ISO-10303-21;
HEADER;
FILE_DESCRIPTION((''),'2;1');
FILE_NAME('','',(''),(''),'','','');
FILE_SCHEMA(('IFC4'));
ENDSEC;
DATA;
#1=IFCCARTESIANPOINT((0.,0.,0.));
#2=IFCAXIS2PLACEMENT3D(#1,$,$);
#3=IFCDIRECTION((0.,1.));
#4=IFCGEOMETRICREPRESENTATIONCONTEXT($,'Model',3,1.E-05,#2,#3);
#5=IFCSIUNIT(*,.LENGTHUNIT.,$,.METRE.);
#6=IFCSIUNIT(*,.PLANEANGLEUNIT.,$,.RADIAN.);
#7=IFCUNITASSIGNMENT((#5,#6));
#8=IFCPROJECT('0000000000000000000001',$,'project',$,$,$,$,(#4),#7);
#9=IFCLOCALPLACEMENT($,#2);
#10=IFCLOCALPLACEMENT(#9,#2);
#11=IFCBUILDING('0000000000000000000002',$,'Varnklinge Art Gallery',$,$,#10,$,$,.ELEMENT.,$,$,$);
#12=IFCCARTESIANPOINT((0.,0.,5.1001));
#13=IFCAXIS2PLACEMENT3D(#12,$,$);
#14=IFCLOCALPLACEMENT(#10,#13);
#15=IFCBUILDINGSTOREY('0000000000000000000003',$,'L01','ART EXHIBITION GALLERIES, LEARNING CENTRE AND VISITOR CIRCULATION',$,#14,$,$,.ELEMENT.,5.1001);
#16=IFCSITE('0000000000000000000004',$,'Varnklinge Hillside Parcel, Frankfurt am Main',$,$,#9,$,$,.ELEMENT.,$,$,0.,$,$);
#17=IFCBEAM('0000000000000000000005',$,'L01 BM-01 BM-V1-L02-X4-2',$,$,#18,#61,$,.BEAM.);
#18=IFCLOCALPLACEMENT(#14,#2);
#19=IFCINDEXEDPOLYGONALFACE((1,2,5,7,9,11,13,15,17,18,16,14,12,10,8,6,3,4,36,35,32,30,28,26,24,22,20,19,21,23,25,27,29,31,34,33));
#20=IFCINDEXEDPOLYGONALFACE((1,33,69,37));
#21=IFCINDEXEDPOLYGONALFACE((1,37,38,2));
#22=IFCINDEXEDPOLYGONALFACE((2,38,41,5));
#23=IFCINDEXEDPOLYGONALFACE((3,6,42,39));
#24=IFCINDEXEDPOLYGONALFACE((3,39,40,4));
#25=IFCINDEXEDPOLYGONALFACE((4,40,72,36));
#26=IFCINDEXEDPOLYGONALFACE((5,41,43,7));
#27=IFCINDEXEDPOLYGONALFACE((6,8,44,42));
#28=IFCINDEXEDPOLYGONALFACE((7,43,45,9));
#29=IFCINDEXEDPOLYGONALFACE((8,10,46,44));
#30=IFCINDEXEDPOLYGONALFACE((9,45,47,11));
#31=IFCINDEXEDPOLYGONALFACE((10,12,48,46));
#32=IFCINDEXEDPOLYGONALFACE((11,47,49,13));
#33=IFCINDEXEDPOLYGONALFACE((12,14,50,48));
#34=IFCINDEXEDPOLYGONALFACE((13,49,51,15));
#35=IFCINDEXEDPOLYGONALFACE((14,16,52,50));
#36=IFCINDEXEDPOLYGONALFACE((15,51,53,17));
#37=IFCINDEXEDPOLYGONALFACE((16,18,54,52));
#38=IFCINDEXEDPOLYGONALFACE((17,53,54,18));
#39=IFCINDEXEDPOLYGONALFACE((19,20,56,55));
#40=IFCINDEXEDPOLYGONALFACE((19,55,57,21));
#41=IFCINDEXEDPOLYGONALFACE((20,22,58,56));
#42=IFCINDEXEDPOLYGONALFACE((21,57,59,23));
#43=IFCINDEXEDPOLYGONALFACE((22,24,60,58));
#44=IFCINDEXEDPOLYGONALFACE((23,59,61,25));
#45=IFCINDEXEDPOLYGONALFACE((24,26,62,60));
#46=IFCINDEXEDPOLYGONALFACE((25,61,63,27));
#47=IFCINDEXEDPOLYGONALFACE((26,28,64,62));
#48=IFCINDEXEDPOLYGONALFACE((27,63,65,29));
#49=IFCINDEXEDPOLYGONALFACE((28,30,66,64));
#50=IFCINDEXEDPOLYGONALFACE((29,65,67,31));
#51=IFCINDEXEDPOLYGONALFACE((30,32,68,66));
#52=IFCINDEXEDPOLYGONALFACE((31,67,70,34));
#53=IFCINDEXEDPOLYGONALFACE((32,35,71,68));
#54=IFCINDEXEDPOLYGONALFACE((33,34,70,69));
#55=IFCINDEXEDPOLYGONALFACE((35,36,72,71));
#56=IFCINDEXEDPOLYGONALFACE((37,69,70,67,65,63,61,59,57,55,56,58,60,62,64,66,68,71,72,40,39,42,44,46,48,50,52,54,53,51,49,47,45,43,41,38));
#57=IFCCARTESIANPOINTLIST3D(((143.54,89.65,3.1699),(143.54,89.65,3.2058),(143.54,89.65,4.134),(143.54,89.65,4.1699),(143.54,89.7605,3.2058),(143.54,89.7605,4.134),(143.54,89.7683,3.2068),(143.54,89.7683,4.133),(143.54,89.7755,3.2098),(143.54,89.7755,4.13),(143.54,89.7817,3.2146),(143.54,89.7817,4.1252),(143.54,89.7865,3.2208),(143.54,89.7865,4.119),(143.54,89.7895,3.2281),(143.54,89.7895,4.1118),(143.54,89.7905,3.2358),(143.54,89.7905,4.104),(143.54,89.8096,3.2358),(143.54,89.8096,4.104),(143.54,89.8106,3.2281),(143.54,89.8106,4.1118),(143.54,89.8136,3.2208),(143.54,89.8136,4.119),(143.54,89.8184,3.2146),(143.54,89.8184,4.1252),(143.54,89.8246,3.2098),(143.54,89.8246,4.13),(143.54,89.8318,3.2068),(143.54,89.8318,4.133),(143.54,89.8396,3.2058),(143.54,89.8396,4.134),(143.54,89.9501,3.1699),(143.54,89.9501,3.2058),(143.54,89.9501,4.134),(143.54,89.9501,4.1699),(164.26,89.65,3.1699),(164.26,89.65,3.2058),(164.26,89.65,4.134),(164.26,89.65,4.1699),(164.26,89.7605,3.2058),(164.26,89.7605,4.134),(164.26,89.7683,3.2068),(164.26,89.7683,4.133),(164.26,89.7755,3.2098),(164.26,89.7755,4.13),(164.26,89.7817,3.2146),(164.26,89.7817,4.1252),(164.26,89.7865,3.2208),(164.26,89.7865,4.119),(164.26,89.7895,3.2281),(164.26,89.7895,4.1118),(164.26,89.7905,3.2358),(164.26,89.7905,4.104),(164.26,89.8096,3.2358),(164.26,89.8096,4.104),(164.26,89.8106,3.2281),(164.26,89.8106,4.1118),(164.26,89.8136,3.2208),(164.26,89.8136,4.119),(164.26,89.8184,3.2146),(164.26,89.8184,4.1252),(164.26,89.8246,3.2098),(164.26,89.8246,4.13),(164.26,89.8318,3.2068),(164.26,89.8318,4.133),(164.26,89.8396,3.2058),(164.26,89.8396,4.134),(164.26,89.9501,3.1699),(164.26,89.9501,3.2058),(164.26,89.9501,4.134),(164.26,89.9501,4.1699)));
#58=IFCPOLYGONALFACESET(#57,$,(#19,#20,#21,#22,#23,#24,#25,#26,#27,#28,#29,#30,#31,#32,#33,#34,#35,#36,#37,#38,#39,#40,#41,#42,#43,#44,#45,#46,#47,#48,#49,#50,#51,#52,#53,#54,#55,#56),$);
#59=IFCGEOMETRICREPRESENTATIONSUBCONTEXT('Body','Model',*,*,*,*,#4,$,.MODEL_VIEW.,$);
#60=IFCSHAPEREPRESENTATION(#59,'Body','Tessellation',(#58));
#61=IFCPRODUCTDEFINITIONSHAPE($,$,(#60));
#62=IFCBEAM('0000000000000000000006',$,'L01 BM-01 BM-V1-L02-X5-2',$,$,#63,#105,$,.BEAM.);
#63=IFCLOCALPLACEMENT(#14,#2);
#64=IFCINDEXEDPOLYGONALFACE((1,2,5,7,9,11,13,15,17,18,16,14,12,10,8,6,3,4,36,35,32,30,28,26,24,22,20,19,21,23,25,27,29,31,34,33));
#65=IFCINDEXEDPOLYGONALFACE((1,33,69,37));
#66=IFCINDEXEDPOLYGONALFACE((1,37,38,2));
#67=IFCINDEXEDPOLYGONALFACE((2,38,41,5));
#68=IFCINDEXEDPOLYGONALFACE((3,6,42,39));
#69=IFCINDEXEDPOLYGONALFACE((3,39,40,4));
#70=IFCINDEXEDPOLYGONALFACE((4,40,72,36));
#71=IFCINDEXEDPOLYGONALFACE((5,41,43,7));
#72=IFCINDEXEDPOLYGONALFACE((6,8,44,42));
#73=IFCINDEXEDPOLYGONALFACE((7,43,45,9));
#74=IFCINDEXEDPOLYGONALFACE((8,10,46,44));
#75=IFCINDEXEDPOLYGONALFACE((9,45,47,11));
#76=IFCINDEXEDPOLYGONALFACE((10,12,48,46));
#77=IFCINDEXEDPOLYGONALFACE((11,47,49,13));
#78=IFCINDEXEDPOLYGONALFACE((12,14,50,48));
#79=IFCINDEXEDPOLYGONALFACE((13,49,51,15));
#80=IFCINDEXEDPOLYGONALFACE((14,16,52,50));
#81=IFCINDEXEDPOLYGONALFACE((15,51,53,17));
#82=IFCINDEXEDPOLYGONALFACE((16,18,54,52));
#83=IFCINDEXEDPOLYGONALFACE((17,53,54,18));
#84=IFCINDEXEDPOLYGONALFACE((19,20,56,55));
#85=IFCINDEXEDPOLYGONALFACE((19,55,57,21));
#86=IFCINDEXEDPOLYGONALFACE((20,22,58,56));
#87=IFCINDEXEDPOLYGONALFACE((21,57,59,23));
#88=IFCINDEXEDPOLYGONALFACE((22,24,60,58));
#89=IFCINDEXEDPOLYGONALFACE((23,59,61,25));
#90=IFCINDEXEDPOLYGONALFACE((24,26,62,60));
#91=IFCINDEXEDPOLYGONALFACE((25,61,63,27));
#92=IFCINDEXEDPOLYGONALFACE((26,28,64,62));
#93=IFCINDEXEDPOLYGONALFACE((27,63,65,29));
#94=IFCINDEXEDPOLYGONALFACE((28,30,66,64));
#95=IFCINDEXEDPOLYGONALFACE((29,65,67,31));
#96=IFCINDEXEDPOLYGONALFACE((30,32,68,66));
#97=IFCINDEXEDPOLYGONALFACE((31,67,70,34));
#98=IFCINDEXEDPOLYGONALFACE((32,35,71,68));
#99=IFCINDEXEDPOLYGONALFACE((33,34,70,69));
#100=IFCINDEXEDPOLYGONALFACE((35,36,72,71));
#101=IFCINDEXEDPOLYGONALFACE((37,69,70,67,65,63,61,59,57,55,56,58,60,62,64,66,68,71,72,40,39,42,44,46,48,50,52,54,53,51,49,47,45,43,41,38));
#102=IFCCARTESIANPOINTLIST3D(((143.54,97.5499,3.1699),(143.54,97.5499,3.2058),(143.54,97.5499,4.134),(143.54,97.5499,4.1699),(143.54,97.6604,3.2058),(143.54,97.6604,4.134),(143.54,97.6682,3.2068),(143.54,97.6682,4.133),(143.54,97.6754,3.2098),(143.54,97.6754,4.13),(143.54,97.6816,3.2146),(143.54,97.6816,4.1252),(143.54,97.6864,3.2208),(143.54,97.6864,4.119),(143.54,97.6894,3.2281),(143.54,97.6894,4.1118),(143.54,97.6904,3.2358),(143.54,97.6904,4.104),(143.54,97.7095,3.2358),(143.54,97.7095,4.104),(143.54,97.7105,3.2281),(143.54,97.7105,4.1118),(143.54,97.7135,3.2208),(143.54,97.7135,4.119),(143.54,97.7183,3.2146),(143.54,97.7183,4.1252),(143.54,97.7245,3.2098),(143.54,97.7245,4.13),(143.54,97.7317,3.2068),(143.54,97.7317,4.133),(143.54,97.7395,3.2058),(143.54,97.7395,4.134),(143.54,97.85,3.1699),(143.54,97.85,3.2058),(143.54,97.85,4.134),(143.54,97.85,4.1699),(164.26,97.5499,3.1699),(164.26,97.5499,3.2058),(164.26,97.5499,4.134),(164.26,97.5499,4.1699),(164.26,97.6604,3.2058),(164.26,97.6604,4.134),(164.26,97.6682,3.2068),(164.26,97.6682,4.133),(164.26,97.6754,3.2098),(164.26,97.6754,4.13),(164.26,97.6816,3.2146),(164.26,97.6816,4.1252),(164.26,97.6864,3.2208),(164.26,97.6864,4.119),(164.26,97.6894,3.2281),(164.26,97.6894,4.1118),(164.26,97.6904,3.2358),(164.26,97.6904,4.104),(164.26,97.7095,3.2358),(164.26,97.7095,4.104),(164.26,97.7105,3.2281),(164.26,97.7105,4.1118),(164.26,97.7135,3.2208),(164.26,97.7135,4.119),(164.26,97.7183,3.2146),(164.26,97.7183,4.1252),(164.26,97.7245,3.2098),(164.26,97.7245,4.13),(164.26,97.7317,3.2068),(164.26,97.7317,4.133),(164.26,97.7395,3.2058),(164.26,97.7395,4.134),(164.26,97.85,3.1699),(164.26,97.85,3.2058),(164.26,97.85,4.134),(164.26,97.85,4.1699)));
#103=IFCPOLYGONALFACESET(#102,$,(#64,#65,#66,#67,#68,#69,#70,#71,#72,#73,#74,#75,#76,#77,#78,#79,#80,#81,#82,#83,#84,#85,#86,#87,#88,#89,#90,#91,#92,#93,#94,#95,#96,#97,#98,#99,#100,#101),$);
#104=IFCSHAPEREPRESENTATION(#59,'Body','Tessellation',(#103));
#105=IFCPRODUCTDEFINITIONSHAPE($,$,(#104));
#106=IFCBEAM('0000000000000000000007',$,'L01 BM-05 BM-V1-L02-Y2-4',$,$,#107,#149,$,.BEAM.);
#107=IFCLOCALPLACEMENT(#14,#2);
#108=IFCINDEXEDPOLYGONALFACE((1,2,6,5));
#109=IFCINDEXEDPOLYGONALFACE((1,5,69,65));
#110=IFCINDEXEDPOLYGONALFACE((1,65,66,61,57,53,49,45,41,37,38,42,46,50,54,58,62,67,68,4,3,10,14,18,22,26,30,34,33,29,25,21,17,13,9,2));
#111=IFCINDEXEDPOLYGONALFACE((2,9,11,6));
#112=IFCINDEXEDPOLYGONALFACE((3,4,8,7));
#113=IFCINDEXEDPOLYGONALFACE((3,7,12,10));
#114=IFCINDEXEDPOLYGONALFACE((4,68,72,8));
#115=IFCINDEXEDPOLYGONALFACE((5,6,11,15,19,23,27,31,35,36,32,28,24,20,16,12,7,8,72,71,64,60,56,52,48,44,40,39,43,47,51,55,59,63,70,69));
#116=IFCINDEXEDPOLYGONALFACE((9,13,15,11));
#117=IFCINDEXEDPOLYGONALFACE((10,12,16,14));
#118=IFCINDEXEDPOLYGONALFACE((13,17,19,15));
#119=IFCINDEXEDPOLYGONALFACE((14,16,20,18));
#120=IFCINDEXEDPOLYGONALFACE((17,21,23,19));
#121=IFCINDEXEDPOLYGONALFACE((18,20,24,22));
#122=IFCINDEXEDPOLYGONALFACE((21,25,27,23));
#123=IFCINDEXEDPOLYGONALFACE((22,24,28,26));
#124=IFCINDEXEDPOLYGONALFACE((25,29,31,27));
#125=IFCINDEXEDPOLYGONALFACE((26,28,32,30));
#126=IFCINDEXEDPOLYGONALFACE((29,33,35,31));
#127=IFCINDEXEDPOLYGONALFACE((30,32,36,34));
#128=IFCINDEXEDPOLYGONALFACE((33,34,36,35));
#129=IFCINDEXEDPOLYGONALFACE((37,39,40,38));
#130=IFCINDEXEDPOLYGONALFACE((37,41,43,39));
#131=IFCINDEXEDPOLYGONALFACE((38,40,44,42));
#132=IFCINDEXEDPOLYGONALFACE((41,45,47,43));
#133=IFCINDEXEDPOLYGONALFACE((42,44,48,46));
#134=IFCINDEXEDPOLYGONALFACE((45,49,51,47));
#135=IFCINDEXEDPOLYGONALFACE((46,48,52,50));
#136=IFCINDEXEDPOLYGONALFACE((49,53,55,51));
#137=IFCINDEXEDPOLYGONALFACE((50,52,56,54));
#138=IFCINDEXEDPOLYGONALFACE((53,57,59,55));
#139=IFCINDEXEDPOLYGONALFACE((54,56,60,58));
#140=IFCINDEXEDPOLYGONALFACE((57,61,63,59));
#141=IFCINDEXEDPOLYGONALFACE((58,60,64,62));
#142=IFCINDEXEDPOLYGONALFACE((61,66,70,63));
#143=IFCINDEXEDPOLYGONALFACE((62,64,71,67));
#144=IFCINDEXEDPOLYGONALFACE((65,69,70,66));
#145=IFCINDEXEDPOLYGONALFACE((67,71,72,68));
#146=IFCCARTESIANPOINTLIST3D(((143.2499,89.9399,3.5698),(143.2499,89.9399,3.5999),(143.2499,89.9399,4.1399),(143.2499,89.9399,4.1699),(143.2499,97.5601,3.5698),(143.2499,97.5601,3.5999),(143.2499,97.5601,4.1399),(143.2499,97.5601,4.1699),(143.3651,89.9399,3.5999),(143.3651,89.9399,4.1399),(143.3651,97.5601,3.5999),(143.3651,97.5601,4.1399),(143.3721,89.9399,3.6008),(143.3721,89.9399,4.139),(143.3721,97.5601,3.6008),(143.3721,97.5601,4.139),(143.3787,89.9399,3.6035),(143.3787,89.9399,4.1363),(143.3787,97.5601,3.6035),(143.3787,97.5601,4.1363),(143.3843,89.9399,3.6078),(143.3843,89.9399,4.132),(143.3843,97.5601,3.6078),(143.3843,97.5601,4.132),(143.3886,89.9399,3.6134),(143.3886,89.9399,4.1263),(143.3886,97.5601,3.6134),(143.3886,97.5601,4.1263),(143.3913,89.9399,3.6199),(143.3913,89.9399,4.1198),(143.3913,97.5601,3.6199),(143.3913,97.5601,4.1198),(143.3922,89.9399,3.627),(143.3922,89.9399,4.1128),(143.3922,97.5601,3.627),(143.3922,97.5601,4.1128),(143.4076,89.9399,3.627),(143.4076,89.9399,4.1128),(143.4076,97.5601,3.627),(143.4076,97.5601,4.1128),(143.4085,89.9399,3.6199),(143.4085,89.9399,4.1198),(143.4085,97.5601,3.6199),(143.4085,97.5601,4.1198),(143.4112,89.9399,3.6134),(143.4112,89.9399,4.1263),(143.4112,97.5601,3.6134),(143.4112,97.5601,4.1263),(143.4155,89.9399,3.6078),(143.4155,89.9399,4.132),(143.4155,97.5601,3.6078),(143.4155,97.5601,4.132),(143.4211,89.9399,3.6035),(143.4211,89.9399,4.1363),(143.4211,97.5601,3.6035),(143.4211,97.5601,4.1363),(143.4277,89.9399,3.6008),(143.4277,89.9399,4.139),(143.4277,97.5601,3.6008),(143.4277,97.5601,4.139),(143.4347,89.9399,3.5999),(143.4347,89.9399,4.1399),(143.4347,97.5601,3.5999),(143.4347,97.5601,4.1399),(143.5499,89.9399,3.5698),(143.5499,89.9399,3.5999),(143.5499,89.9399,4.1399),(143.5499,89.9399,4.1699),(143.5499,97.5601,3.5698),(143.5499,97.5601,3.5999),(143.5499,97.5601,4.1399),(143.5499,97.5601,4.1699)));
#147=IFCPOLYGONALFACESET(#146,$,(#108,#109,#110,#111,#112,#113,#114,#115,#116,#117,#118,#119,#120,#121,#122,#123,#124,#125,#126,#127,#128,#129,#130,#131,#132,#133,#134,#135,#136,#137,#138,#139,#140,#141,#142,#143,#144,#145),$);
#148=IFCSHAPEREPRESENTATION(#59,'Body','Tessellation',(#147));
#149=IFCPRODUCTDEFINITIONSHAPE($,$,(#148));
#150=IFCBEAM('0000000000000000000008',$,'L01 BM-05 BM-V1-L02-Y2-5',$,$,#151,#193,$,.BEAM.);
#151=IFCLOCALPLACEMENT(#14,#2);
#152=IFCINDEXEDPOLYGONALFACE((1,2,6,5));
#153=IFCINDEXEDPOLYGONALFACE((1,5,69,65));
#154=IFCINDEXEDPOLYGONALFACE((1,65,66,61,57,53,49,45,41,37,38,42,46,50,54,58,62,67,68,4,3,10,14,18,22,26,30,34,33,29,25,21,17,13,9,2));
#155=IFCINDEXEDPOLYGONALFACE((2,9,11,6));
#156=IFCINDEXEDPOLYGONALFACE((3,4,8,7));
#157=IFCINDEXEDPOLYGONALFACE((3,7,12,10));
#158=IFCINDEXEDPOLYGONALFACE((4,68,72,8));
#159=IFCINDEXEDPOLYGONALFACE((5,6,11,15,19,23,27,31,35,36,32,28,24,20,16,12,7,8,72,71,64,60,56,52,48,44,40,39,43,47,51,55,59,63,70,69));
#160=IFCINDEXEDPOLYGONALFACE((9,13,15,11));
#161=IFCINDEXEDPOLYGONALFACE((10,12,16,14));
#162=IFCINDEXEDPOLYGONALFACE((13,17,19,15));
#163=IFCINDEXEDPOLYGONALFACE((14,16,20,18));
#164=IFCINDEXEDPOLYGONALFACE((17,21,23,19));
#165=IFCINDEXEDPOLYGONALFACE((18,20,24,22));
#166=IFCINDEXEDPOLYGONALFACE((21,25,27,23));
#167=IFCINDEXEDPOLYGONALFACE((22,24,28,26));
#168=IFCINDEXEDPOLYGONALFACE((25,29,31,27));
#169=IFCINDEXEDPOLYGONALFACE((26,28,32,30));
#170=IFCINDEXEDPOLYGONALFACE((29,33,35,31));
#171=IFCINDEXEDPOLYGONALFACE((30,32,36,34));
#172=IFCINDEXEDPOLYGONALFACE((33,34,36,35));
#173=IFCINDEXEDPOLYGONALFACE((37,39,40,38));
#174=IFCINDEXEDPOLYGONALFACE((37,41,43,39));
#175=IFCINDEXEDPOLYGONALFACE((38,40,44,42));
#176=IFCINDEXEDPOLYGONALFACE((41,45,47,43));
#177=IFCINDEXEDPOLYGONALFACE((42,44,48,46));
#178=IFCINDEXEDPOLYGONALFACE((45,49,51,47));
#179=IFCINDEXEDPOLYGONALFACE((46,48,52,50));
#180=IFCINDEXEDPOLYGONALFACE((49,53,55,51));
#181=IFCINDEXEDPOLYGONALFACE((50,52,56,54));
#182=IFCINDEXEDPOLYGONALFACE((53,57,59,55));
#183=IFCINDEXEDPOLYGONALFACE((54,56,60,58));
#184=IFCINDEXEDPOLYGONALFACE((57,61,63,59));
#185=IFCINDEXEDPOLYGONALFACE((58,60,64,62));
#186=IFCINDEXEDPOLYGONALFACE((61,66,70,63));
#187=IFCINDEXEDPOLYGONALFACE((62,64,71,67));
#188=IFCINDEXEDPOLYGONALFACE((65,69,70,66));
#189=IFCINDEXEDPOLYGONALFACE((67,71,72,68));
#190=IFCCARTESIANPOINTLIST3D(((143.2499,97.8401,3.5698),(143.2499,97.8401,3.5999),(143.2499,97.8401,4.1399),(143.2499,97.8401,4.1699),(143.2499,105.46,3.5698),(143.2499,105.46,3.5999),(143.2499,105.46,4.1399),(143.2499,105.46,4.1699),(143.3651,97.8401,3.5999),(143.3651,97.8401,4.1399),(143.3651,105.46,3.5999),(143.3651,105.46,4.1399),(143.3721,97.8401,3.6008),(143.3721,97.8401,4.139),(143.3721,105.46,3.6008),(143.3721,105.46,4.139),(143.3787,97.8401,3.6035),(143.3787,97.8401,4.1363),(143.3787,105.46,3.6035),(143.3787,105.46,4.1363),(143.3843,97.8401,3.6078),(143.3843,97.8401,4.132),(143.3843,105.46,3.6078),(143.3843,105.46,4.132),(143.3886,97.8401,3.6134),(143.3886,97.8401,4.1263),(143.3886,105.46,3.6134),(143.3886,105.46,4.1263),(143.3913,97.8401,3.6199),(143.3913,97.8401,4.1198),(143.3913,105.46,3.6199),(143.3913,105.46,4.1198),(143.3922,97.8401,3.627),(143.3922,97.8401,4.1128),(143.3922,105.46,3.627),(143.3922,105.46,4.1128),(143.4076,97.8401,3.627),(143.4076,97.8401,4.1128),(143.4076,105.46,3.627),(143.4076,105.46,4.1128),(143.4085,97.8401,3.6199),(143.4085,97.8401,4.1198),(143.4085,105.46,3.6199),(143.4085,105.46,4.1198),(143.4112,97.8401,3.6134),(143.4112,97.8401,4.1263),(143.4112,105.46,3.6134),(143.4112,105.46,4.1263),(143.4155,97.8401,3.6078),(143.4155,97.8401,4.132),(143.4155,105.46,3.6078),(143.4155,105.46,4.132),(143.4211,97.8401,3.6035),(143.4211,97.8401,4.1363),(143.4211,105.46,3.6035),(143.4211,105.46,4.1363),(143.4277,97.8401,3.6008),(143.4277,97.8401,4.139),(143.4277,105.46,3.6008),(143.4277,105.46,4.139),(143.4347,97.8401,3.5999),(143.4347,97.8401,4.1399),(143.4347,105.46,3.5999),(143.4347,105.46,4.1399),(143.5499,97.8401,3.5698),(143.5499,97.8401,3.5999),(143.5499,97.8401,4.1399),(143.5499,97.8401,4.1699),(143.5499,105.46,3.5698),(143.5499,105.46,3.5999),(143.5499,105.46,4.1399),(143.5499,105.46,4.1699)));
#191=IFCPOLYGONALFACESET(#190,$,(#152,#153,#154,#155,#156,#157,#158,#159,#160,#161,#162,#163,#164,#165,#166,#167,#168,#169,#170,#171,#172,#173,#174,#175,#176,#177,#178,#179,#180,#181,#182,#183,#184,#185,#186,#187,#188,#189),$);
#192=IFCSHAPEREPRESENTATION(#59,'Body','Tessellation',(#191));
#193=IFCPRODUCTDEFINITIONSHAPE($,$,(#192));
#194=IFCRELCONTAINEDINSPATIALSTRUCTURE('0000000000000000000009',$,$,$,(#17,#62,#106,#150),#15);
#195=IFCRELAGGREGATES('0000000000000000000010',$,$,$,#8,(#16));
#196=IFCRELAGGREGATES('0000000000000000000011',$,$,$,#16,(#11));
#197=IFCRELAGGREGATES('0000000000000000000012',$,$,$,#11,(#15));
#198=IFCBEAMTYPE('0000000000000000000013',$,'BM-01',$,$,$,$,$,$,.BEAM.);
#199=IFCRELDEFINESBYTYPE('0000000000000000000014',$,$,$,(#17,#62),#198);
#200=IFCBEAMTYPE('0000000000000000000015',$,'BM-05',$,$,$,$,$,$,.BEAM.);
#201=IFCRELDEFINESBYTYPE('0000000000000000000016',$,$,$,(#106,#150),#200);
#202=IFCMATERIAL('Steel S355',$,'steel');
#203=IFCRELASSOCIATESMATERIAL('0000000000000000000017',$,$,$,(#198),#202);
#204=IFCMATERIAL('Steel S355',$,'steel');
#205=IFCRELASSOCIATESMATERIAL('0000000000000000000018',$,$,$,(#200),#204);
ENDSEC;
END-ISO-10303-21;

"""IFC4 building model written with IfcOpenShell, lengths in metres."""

from ifc_helpers import new_model, si_unit, direction, frame, origin, origin_2d, place, context, subcontext, project, spatial, i_section, extrude, material, material_profile, profile_set, type_object, element, save


model = new_model("IFC4")

# Units and contexts
model_context = context("Model", 3, precision=1e-05, world=origin(), true_north=direction((0.0, 1.0)))
body_context = subcontext(model_context, "Body", "Model", "MODEL_VIEW")
ifc_project = project(units=[si_unit("LENGTHUNIT", "METRE"), si_unit("PLANEANGLEUNIT", "RADIAN")], contexts=[model_context])

# Site, building, storey
site_placement = place(None, origin())
site = spatial("IfcSite", under=ifc_project, at=site_placement, Name="Varnklinge Hillside Parcel, Frankfurt am Main", CompositionType="ELEMENT", RefElevation=0.0)
building_placement = place(site_placement, origin())
building = spatial("IfcBuilding", under=site, at=building_placement, Name="Varnklinge Art Gallery", CompositionType="ELEMENT")
storey_placement = place(building_placement, frame((0.0, 0.0, 5.1001)))
storey = spatial("IfcBuildingStorey", under=building, at=storey_placement, Name="L01", Description="ART EXHIBITION GALLERIES, LEARNING CENTRE AND VISITOR CIRCULATION", CompositionType="ELEMENT", Elevation=5.1001)

# Beams
ifc_material_1 = material(Name="Steel S355", Category="steel")
ifc_material_profile_1 = material_profile(ifc_material_1, i_section(OverallWidth=0.3, OverallDepth=1.0, WebThickness=0.019, FlangeThickness=0.0359, FilletRadius=0.03, at=origin_2d()), Name="HEB 1000")
ifc_profile_set_1 = profile_set([ifc_material_profile_1], Name="Steel S355")
beam_type_1 = type_object("IfcBeamType", Name="BM-01", PredefinedType="BEAM", material=ifc_profile_set_1)
for number, where, z_axis, x_axis, name in (
    (1, (143.54, 89.8, 3.6699), (1.0, 0.0, 0.0), (0.0, 1.0, 0.0), "L01 BM-01 BM-V1-L02-X4-2"),
    (2, (143.54, 97.7, 3.6699), (1.0, 0.0, 0.0), (0.0, 1.0, 0.0), "L01 BM-01 BM-V1-L02-X5-2"),
):
    element("IfcBeam", number, at=place(storey_placement, frame(where, z_axis=z_axis, x_axis=x_axis)), inside=storey, type_object=beam_type_1, Name=name, PredefinedType="BEAM", context=body_context, shape_type="SweptSolid", body=[
        extrude(i_section(OverallWidth=0.3, OverallDepth=1.0, WebThickness=0.019, FlangeThickness=0.0359, FilletRadius=0.03, at=origin_2d()), origin(), (0.0, 0.0, 1.0), 20.72),
    ])
ifc_material_2 = material(Name="Steel S355", Category="steel")
ifc_material_profile_2 = material_profile(ifc_material_2, i_section(OverallWidth=0.3, OverallDepth=0.6001, WebThickness=0.0154, FlangeThickness=0.03, FilletRadius=0.0271, at=origin_2d()), Name="HEB 600")
ifc_profile_set_2 = profile_set([ifc_material_profile_2], Name="Steel S355")
beam_type_2 = type_object("IfcBeamType", Name="BM-05", PredefinedType="BEAM", material=ifc_profile_set_2)
beam_1_placement = place(storey_placement, frame((143.3999, 89.9399, 3.8699), z_axis=(0.0, 1.0, 0.0), x_axis=(-1.0, 0.0, 0.0)))
element("IfcBeam", 3, at=beam_1_placement, inside=storey, type_object=beam_type_2, Name="L01 BM-05 BM-V1-L02-Y2-4", PredefinedType="BEAM", context=body_context, shape_type="SweptSolid", body=[
    extrude(i_section(OverallWidth=0.3, OverallDepth=0.6001, WebThickness=0.0154, FlangeThickness=0.03, FilletRadius=0.0271, at=origin_2d()), origin(), (0.0, 0.0, 1.0), 7.6201),
])
beam_2_placement = place(storey_placement, frame((143.3999, 97.8401, 3.8699), z_axis=(0.0, 1.0, 0.0), x_axis=(-1.0, 0.0, 0.0)))
element("IfcBeam", 4, at=beam_2_placement, inside=storey, type_object=beam_type_2, Name="L01 BM-05 BM-V1-L02-Y2-5", PredefinedType="BEAM", context=body_context, shape_type="SweptSolid", body=[
    extrude(i_section(OverallWidth=0.3, OverallDepth=0.6001, WebThickness=0.0154, FlangeThickness=0.03, FilletRadius=0.0271, at=origin_2d()), origin(), (0.0, 0.0, 1.0), 7.6199),
])

save(model, "model.ifc")
